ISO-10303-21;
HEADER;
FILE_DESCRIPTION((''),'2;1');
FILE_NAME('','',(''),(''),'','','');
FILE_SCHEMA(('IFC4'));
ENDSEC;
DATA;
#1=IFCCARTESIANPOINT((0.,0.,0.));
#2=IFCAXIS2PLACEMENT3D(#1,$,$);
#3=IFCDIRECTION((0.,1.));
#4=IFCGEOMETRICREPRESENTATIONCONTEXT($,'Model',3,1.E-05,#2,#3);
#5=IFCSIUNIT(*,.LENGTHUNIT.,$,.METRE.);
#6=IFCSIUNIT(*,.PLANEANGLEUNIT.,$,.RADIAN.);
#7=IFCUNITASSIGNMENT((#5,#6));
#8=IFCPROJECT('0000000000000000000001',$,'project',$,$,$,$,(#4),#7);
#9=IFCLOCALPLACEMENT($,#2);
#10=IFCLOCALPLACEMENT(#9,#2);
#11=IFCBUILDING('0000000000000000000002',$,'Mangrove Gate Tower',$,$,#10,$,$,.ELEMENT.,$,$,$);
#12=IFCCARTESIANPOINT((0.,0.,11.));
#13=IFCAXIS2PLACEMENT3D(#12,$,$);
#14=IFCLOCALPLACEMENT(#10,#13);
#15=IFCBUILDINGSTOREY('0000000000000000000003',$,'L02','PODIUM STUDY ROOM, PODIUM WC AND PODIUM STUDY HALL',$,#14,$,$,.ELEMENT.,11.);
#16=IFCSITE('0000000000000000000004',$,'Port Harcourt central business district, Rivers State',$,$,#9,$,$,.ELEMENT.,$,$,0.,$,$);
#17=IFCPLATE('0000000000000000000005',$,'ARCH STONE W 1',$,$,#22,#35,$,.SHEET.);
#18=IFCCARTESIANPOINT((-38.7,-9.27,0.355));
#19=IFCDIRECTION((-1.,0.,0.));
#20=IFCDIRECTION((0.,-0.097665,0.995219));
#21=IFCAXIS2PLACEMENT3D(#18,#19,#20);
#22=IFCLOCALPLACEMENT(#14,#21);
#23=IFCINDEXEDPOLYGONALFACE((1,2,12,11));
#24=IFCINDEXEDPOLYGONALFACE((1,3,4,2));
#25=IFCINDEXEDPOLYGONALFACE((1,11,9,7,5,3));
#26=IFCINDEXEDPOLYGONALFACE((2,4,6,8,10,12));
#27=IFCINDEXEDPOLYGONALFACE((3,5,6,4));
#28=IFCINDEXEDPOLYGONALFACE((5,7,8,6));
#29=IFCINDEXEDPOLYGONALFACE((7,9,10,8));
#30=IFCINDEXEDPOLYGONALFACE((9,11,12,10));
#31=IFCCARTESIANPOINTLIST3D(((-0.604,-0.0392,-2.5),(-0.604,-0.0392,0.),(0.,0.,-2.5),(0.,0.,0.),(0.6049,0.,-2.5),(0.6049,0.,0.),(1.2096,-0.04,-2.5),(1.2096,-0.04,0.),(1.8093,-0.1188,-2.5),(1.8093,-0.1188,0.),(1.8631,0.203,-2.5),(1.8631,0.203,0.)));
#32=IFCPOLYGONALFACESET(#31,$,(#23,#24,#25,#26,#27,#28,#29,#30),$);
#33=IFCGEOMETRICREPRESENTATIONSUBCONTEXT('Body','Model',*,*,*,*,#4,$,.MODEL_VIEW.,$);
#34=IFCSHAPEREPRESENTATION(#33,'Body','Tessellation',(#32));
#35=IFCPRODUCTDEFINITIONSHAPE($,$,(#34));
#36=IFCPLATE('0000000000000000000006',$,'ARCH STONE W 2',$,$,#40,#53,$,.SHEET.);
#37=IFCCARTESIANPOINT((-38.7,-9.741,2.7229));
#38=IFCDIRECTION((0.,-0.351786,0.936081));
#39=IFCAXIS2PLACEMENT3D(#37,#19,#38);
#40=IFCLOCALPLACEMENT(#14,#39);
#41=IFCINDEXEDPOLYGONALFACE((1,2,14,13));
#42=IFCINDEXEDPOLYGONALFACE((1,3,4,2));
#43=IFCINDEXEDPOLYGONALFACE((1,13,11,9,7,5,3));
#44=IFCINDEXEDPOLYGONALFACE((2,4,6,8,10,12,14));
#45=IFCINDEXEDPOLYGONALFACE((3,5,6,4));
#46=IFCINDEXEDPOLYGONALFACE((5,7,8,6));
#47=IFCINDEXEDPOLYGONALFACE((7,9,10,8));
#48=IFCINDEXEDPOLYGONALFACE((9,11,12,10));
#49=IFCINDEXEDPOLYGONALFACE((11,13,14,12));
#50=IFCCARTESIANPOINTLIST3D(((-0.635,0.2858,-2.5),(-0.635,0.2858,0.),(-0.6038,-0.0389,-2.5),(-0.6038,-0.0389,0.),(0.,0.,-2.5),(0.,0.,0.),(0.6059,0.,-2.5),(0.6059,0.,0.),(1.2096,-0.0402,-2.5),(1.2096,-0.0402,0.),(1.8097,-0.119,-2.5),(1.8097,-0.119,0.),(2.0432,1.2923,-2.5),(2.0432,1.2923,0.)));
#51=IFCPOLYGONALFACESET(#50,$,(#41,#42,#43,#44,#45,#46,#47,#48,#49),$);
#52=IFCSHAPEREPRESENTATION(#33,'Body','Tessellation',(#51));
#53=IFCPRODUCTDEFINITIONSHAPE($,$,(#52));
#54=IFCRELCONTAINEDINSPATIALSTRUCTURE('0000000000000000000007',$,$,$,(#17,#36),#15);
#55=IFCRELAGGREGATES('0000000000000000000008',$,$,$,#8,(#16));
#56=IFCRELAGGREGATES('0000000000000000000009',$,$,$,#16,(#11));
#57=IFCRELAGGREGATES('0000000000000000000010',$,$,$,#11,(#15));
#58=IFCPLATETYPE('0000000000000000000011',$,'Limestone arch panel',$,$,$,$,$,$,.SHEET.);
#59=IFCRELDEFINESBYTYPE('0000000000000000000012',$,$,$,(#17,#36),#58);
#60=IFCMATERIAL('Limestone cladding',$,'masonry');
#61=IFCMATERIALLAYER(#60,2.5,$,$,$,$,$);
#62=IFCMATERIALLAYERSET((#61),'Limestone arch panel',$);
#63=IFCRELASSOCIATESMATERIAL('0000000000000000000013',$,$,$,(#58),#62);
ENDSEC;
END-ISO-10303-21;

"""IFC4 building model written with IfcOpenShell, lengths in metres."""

from ifc_helpers import new_model, si_unit, direction, frame, origin, place, context, subcontext, project, spatial, polyline, outline, extrude, material, layer, layer_set, type_object, element, save


model = new_model("IFC4")

# Units and contexts
model_context = context("Model", 3, precision=1e-05, world=origin(), true_north=direction((0.0, 1.0)))
body_context = subcontext(model_context, "Body", "Model", "MODEL_VIEW")
ifc_project = project(units=[si_unit("LENGTHUNIT", "METRE"), si_unit("PLANEANGLEUNIT", "RADIAN")], contexts=[model_context])

# Site, building, storey
site_placement = place(None, origin())
site = spatial("IfcSite", under=ifc_project, at=site_placement, Name="Port Harcourt central business district, Rivers State", CompositionType="ELEMENT", RefElevation=0.0)
building_placement = place(site_placement, origin())
building = spatial("IfcBuilding", under=site, at=building_placement, Name="Mangrove Gate Tower", CompositionType="ELEMENT")
storey_placement = place(building_placement, frame((0.0, 0.0, 11.0)))
storey = spatial("IfcBuildingStorey", under=building, at=storey_placement, Name="L02", Description="PODIUM STUDY ROOM, PODIUM WC AND PODIUM STUDY HALL", CompositionType="ELEMENT", Elevation=11.0)

# Plates
ifc_material_1 = material(Name="Limestone cladding", Category="masonry")
ifc_layer_1 = layer(ifc_material_1, 2.5)
ifc_layer_set_1 = layer_set([ifc_layer_1], Name="Limestone arch panel")
plate_type = type_object("IfcPlateType", Name="Limestone arch panel", PredefinedType="SHEET", material=ifc_layer_set_1)
plate_1_placement = place(storey_placement, frame((-38.7, -9.27, 0.355), z_axis=(-1.0, 0.0, 0.0), x_axis=(0.0, -0.097665, 0.995219)))
element("IfcPlate", 1, at=plate_1_placement, inside=storey, type_object=plate_type, Name="ARCH STONE W 1", PredefinedType="SHEET", context=body_context, shape_type="SweptSolid", body=[
    extrude(outline(polyline([(0.0, 0.0), (0.6049, 0.0), (1.2096, -0.04), (1.8093, -0.1188), (1.8631, 0.203), (-0.604, -0.0392), (0.0, 0.0)])), origin(), (0.0, 0.0, -1.0), 2.5),
])
plate_2_placement = place(storey_placement, frame((-38.7, -9.741, 2.7229), z_axis=(-1.0, 0.0, 0.0), x_axis=(0.0, -0.351786, 0.936081)))
element("IfcPlate", 2, at=plate_2_placement, inside=storey, type_object=plate_type, Name="ARCH STONE W 2", PredefinedType="SHEET", context=body_context, shape_type="SweptSolid", body=[
    extrude(outline(polyline([(0.0, 0.0), (0.6059, 0.0), (1.2096, -0.0402), (1.8097, -0.119), (2.0432, 1.2923), (-0.635, 0.2858), (-0.6038, -0.0389), (0.0, 0.0)])), origin(), (0.0, 0.0, -1.0), 2.5),
])

save(model, "model.ifc")
